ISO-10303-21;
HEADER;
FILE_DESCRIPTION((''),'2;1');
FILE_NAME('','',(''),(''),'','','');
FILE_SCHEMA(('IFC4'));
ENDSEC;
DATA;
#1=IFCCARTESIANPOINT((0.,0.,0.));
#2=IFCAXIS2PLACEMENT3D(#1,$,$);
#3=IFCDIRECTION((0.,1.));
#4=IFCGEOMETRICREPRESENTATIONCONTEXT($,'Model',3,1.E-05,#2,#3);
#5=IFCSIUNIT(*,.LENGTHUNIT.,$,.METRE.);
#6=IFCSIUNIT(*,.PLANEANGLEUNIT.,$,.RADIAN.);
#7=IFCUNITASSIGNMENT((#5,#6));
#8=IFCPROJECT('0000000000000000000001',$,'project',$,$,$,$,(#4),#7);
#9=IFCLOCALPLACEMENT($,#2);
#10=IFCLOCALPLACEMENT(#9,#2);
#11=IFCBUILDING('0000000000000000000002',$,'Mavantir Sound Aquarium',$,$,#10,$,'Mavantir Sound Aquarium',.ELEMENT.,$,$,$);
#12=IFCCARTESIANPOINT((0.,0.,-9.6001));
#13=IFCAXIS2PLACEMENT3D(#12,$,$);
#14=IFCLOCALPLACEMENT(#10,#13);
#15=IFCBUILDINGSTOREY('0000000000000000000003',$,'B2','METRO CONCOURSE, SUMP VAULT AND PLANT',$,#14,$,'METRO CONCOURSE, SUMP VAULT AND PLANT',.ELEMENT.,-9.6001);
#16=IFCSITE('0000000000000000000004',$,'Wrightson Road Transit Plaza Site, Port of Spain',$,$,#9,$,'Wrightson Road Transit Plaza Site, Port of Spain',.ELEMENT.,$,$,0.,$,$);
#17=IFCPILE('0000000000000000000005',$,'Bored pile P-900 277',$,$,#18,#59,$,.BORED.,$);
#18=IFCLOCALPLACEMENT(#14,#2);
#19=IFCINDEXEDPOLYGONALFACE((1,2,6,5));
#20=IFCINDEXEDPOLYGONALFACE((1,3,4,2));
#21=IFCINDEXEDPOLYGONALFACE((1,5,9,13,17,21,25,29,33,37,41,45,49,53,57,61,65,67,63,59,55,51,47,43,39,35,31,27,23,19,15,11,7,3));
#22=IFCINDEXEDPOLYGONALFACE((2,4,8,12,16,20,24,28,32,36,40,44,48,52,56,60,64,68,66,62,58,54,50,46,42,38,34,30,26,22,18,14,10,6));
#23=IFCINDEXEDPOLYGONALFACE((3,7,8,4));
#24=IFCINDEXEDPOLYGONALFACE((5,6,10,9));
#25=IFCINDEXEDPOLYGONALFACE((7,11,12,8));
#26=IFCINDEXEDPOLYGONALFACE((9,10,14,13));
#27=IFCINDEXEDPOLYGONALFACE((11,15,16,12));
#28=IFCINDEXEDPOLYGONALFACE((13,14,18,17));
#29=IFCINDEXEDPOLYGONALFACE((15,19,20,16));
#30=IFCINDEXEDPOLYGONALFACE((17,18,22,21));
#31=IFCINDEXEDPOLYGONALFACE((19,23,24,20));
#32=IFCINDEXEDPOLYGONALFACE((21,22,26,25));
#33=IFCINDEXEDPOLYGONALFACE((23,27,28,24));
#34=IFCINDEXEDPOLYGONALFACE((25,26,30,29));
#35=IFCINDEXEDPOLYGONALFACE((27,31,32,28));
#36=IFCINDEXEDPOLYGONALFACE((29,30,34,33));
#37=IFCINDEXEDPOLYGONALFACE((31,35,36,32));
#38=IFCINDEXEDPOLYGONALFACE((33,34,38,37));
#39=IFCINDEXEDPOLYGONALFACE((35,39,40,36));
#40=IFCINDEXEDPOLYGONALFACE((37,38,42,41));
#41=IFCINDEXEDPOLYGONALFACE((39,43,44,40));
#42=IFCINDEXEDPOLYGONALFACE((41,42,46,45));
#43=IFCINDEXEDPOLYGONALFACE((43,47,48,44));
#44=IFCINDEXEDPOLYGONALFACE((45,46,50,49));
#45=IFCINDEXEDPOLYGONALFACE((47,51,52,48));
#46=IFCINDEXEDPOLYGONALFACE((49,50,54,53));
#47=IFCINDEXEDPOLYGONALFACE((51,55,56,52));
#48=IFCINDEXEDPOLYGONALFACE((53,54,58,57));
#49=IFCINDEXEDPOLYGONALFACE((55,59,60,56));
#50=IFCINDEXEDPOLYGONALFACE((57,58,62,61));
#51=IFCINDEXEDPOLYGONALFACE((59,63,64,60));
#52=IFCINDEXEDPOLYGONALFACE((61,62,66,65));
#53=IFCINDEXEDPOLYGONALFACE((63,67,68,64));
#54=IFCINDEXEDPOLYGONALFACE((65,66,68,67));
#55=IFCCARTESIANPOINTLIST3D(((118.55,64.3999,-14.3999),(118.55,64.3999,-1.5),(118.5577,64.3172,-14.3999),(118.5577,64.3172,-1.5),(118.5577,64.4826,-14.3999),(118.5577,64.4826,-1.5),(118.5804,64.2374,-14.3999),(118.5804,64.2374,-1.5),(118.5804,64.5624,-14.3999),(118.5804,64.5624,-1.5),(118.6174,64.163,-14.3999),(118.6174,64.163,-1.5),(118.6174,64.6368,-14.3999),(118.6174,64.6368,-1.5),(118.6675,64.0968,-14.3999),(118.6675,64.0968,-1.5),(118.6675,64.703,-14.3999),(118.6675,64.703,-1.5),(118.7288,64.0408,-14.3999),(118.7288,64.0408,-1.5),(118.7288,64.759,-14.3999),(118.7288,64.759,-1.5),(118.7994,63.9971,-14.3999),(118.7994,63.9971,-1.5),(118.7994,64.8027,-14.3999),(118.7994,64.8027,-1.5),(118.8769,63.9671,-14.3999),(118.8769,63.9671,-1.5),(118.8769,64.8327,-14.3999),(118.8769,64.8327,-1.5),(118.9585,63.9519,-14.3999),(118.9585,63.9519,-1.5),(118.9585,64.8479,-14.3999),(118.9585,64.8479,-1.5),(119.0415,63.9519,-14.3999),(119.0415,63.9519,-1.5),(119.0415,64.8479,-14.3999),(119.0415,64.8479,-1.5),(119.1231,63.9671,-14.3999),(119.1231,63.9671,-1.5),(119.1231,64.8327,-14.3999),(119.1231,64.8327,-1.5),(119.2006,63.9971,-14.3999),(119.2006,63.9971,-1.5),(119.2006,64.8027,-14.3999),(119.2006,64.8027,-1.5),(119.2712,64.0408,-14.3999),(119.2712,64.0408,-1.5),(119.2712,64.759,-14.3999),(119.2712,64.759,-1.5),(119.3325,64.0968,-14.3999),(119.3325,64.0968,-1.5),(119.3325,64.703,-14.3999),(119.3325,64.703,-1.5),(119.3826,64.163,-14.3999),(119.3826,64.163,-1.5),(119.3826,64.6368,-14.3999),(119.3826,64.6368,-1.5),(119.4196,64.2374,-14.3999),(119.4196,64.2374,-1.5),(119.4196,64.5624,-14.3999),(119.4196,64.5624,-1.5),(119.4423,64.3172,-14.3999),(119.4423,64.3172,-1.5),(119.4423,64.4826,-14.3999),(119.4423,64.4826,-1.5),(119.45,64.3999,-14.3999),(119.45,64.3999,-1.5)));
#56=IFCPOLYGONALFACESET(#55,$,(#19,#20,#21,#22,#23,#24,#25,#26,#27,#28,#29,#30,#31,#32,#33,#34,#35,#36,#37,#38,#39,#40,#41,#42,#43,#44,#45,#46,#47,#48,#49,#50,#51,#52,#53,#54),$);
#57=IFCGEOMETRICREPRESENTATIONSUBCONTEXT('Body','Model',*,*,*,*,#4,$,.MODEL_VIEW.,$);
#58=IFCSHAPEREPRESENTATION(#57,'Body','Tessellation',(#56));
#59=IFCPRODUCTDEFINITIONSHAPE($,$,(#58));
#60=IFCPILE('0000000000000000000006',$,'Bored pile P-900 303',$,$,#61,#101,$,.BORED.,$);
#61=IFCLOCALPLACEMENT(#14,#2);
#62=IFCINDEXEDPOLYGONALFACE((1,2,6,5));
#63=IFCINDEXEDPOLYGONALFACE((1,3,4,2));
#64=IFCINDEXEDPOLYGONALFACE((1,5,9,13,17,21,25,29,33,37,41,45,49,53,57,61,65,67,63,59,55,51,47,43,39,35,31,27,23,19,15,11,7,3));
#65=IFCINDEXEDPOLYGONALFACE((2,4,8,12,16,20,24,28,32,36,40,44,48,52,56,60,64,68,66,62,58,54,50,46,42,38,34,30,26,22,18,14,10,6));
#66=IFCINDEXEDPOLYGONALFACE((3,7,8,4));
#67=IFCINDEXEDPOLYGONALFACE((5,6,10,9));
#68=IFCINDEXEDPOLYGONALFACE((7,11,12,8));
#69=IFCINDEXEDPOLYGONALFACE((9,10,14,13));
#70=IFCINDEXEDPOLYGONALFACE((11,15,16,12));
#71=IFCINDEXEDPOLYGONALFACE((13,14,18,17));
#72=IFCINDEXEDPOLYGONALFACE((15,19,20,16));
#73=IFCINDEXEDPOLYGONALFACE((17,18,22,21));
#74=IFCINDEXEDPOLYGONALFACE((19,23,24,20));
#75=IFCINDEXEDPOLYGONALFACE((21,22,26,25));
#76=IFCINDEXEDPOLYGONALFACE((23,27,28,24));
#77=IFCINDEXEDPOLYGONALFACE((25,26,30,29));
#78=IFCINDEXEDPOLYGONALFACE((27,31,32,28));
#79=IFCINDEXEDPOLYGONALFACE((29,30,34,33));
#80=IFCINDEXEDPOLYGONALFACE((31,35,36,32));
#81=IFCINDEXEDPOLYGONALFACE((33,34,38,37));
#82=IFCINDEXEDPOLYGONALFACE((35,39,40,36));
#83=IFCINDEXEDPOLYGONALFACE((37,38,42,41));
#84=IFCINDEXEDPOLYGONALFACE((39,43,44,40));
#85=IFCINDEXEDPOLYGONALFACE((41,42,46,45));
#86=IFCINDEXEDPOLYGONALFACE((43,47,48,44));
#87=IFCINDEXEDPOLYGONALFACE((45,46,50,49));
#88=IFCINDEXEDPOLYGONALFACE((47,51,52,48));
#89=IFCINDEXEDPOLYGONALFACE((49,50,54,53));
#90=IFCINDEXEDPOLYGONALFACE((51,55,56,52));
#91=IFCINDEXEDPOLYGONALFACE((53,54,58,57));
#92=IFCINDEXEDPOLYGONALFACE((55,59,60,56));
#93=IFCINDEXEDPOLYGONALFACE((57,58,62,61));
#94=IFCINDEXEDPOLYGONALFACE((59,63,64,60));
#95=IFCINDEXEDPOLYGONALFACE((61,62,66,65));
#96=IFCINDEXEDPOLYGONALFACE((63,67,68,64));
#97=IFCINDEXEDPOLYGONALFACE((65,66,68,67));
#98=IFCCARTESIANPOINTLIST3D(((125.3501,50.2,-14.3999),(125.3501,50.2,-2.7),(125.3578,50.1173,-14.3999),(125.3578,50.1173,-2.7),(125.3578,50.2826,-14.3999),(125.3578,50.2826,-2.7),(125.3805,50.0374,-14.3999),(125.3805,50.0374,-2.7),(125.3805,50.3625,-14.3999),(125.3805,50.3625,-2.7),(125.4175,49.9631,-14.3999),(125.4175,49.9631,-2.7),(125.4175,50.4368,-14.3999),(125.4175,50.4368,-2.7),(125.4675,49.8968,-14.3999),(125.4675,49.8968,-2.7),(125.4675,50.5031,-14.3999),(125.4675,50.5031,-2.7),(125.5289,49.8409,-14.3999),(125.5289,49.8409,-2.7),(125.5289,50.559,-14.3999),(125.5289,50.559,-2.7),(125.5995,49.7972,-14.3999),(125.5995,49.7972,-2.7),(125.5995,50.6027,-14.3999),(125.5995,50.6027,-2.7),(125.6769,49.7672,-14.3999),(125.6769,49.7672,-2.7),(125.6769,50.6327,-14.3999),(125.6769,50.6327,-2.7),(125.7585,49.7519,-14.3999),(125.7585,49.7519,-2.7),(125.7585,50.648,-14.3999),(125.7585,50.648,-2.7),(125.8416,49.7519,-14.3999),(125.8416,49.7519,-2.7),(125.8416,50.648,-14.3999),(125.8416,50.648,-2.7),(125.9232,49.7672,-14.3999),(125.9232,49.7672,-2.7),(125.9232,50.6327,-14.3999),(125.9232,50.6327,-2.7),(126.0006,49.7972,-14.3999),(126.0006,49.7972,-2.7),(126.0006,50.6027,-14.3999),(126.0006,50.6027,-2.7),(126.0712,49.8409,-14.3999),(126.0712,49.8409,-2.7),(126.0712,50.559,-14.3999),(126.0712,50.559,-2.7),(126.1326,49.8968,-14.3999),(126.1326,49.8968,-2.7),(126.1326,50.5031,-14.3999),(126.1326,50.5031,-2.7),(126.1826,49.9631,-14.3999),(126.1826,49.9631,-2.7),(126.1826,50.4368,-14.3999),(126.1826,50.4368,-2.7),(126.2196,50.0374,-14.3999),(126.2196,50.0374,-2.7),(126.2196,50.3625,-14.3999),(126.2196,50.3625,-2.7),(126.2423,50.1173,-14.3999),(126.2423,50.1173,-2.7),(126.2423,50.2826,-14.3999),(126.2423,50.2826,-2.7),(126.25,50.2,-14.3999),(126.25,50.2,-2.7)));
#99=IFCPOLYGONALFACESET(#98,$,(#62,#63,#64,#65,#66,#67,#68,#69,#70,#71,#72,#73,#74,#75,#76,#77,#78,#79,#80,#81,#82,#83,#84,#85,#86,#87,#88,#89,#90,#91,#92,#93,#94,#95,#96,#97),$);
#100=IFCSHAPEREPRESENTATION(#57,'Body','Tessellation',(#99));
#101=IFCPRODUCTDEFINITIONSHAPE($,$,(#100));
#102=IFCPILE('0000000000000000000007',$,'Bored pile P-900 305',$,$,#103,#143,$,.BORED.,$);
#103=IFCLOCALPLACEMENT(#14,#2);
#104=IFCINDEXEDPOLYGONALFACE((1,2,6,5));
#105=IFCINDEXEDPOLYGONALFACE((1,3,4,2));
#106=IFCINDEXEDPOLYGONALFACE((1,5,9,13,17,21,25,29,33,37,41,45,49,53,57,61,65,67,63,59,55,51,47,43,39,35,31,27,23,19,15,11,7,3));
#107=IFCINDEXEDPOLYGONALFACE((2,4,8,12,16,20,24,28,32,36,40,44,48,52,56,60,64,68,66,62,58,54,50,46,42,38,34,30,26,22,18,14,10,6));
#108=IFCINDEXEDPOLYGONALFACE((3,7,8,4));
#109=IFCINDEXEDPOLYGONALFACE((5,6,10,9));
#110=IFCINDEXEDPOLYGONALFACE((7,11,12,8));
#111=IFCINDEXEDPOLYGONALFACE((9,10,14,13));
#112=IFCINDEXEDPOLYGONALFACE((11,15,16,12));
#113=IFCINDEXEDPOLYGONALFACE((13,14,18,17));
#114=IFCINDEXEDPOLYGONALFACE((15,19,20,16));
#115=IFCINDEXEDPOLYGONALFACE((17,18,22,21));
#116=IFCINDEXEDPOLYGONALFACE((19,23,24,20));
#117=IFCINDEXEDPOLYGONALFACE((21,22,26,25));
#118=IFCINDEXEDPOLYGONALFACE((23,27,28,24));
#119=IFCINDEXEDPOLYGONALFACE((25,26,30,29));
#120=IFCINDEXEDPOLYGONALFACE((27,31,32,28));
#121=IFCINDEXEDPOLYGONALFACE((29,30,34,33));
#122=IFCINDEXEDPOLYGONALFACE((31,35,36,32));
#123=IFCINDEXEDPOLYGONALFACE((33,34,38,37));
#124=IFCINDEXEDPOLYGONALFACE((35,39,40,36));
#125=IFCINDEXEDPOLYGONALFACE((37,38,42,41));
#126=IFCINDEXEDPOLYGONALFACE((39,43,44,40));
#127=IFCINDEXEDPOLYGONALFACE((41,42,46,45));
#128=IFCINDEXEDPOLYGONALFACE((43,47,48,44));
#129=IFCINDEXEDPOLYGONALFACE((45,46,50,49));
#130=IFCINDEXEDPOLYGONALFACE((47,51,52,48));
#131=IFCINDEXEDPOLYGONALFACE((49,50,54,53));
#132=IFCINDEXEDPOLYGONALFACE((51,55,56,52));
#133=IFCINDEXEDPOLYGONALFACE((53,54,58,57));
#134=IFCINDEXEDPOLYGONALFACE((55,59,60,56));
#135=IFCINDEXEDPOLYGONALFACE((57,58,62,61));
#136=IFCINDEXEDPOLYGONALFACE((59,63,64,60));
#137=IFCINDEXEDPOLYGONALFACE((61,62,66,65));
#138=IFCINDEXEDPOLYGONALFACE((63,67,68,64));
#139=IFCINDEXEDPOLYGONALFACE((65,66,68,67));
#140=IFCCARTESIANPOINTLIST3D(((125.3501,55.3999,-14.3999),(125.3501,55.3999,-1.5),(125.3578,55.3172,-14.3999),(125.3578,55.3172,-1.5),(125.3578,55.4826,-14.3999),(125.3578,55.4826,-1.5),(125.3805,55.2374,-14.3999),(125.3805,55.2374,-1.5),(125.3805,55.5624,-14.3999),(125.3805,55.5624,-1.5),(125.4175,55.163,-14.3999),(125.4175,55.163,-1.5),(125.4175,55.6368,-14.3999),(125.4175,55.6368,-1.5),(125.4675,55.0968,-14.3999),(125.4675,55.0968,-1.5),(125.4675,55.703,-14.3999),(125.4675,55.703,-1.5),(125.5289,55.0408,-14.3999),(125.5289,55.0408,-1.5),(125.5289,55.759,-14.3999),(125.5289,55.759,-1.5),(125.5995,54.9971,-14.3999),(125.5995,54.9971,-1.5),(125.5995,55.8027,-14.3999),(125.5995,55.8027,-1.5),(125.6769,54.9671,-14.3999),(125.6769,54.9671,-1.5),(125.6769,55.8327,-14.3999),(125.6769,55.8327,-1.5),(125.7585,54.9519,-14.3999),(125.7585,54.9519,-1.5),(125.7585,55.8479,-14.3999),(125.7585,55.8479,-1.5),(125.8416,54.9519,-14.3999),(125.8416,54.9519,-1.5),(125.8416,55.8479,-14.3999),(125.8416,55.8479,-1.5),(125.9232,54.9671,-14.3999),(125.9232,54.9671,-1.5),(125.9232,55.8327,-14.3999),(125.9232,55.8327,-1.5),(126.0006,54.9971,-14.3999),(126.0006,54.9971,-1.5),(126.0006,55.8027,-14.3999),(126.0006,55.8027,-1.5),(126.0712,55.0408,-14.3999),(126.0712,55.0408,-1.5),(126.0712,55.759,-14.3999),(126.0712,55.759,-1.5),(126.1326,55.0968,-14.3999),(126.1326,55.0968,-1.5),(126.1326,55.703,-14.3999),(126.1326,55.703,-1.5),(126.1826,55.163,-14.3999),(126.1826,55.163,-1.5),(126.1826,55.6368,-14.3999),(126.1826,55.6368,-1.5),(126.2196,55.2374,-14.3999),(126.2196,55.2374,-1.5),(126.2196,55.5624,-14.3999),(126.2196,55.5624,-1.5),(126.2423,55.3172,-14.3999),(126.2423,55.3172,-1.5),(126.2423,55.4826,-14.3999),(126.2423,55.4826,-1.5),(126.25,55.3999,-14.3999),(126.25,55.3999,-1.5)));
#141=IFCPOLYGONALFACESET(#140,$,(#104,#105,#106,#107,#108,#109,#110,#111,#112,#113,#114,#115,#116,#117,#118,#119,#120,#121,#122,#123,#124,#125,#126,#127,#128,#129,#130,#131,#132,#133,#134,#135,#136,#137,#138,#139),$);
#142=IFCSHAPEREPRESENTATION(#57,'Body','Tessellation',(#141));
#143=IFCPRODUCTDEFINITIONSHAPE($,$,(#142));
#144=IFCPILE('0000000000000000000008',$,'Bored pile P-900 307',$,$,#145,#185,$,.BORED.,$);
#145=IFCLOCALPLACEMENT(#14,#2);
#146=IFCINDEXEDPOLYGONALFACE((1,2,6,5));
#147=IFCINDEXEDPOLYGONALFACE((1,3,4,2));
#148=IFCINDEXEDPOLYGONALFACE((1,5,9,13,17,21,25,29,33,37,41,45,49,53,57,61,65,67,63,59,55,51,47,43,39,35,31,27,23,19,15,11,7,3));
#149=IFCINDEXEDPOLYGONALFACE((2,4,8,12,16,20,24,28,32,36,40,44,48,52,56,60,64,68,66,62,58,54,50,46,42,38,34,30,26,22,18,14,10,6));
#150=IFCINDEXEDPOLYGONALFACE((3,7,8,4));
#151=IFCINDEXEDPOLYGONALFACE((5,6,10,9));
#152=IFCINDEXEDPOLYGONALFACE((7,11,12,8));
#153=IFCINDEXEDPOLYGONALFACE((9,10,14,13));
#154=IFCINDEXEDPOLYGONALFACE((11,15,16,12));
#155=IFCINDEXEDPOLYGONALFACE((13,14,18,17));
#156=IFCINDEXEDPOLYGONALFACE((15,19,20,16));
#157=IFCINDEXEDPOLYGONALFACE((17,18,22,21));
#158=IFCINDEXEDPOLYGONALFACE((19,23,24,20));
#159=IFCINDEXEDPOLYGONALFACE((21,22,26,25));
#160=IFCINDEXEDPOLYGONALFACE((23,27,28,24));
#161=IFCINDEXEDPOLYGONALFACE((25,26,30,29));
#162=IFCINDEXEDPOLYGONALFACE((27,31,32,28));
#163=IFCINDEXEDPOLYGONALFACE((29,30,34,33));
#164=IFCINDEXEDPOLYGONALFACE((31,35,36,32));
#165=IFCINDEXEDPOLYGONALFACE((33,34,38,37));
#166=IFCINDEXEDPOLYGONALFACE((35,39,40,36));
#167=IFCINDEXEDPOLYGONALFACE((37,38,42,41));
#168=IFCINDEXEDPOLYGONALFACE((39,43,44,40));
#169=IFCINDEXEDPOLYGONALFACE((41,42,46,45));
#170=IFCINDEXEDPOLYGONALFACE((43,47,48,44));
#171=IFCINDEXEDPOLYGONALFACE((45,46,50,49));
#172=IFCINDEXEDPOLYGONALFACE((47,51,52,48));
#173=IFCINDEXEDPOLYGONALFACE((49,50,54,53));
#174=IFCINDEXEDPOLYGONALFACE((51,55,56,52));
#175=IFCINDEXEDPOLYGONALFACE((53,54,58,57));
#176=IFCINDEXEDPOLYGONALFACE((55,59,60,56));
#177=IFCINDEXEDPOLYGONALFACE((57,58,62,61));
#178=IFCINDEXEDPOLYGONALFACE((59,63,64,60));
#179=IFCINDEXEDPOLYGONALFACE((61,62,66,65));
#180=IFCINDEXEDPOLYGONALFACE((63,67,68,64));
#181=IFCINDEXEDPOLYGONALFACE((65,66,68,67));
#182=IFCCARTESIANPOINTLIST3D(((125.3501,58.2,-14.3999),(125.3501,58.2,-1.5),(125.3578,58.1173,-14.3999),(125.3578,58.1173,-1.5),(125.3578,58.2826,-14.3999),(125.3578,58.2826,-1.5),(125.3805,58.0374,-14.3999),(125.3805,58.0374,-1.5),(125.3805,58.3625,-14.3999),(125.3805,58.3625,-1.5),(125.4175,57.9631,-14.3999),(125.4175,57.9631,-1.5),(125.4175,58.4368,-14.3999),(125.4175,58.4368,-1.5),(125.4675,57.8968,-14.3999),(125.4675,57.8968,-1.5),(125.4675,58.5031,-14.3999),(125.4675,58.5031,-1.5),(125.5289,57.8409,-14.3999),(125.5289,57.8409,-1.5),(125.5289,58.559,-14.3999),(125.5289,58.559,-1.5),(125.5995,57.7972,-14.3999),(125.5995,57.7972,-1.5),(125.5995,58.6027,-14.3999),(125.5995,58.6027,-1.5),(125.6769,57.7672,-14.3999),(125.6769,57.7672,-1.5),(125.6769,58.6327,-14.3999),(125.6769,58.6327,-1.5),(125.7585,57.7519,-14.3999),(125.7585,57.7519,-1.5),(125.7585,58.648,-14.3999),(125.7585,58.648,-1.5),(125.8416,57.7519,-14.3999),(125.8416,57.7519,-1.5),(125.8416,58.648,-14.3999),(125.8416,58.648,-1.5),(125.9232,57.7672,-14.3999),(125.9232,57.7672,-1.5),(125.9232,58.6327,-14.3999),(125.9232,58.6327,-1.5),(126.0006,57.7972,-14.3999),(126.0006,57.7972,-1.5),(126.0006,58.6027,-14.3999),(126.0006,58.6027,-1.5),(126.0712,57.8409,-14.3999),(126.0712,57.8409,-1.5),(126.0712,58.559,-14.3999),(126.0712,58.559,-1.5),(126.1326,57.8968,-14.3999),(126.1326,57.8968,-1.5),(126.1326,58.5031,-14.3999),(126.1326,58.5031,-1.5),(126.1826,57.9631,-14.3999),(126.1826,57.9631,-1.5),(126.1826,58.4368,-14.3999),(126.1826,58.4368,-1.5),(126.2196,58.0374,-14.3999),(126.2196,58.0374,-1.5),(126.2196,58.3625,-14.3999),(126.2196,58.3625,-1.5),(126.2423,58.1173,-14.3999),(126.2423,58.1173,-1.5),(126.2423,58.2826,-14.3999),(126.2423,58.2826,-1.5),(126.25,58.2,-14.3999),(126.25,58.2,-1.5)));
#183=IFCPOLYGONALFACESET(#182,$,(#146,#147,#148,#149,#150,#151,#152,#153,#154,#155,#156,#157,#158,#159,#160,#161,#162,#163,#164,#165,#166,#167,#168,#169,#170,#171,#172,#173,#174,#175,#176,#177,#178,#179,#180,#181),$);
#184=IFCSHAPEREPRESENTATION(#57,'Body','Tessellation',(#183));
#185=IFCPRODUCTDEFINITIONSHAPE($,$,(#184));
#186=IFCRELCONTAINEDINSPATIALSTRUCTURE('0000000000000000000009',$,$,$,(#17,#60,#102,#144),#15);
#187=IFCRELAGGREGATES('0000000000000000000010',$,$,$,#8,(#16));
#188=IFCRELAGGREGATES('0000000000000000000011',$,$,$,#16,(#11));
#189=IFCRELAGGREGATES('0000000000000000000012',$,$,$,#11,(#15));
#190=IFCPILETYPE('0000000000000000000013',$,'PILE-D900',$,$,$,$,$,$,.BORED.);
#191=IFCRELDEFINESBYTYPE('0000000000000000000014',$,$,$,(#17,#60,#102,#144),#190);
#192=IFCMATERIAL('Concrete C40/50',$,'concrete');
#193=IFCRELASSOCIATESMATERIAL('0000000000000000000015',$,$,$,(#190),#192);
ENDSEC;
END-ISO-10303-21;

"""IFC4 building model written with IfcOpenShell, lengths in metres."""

from ifc_helpers import new_model, si_unit, direction, frame, origin, origin_2d, place, context, subcontext, project, spatial, circle, extrude, material, material_profile, profile_set, type_object, element, save


model = new_model("IFC4")

# Units and contexts
model_context = context("Model", 3, precision=1e-05, world=origin(), true_north=direction((0.0, 1.0)))
body_context = subcontext(model_context, "Body", "Model", "MODEL_VIEW")
ifc_project = project(units=[si_unit("LENGTHUNIT", "METRE"), si_unit("PLANEANGLEUNIT", "RADIAN")], contexts=[model_context])

# Site, building, storey
site_placement = place(None, origin())
site = spatial("IfcSite", under=ifc_project, at=site_placement, Name="Wrightson Road Transit Plaza Site, Port of Spain", LongName="Wrightson Road Transit Plaza Site, Port of Spain", CompositionType="ELEMENT", RefElevation=0.0)
building_placement = place(site_placement, origin())
building = spatial("IfcBuilding", under=site, at=building_placement, Name="Mavantir Sound Aquarium", LongName="Mavantir Sound Aquarium", CompositionType="ELEMENT")
storey_placement = place(building_placement, frame((0.0, 0.0, -9.6001)))
storey = spatial("IfcBuildingStorey", under=building, at=storey_placement, Name="B2", Description="METRO CONCOURSE, SUMP VAULT AND PLANT", LongName="METRO CONCOURSE, SUMP VAULT AND PLANT", CompositionType="ELEMENT", Elevation=-9.6001)

# Shared definitions
ifc_material_1 = material(Name="Concrete C40/50", Category="concrete")

# Piles
ifc_material_profile_1 = material_profile(ifc_material_1, circle(Radius=0.45, at=origin_2d()), Name="PILE D900")
ifc_profile_set_1 = profile_set([ifc_material_profile_1], Name="Concrete C40/50")
pile_type = type_object("IfcPileType", Name="PILE-D900", PredefinedType="BORED", material=ifc_profile_set_1)
for number, where, z_axis, x_axis, name in (
    (1, (119.0, 64.3999, -1.5), (0.0, 0.0, -1.0), (1.0, 0.0, 0.0), "Bored pile P-900 277"),
):
    element("IfcPile", number, at=place(storey_placement, frame(where, z_axis=z_axis, x_axis=x_axis)), inside=storey, type_object=pile_type, Name=name, PredefinedType="BORED", context=body_context, shape_type="SweptSolid", body=[
        extrude(circle(Radius=0.45, at=origin_2d()), origin(), (0.0, 0.0, 1.0), 12.8999),
    ])
pile_1_placement = place(storey_placement, frame((125.8, 50.2, -2.7), z_axis=(0.0, 0.0, -1.0), x_axis=(1.0, 0.0, 0.0)))
element("IfcPile", 2, at=pile_1_placement, inside=storey, type_object=pile_type, Name="Bored pile P-900 303", PredefinedType="BORED", context=body_context, shape_type="SweptSolid", body=[
    extrude(circle(Radius=0.45, at=origin_2d()), origin(), (0.0, 0.0, 1.0), 11.7),
])
for number, where, z_axis, x_axis, name in (
    (3, (125.8, 55.3999, -1.5), (0.0, 0.0, -1.0), (1.0, 0.0, 0.0), "Bored pile P-900 305"),
    (4, (125.8, 58.2, -1.5), (0.0, 0.0, -1.0), (1.0, 0.0, 0.0), "Bored pile P-900 307"),
):
    element("IfcPile", number, at=place(storey_placement, frame(where, z_axis=z_axis, x_axis=x_axis)), inside=storey, type_object=pile_type, Name=name, PredefinedType="BORED", context=body_context, shape_type="SweptSolid", body=[
        extrude(circle(Radius=0.45, at=origin_2d()), origin(), (0.0, 0.0, 1.0), 12.8999),
    ])

save(model, "model.ifc")
